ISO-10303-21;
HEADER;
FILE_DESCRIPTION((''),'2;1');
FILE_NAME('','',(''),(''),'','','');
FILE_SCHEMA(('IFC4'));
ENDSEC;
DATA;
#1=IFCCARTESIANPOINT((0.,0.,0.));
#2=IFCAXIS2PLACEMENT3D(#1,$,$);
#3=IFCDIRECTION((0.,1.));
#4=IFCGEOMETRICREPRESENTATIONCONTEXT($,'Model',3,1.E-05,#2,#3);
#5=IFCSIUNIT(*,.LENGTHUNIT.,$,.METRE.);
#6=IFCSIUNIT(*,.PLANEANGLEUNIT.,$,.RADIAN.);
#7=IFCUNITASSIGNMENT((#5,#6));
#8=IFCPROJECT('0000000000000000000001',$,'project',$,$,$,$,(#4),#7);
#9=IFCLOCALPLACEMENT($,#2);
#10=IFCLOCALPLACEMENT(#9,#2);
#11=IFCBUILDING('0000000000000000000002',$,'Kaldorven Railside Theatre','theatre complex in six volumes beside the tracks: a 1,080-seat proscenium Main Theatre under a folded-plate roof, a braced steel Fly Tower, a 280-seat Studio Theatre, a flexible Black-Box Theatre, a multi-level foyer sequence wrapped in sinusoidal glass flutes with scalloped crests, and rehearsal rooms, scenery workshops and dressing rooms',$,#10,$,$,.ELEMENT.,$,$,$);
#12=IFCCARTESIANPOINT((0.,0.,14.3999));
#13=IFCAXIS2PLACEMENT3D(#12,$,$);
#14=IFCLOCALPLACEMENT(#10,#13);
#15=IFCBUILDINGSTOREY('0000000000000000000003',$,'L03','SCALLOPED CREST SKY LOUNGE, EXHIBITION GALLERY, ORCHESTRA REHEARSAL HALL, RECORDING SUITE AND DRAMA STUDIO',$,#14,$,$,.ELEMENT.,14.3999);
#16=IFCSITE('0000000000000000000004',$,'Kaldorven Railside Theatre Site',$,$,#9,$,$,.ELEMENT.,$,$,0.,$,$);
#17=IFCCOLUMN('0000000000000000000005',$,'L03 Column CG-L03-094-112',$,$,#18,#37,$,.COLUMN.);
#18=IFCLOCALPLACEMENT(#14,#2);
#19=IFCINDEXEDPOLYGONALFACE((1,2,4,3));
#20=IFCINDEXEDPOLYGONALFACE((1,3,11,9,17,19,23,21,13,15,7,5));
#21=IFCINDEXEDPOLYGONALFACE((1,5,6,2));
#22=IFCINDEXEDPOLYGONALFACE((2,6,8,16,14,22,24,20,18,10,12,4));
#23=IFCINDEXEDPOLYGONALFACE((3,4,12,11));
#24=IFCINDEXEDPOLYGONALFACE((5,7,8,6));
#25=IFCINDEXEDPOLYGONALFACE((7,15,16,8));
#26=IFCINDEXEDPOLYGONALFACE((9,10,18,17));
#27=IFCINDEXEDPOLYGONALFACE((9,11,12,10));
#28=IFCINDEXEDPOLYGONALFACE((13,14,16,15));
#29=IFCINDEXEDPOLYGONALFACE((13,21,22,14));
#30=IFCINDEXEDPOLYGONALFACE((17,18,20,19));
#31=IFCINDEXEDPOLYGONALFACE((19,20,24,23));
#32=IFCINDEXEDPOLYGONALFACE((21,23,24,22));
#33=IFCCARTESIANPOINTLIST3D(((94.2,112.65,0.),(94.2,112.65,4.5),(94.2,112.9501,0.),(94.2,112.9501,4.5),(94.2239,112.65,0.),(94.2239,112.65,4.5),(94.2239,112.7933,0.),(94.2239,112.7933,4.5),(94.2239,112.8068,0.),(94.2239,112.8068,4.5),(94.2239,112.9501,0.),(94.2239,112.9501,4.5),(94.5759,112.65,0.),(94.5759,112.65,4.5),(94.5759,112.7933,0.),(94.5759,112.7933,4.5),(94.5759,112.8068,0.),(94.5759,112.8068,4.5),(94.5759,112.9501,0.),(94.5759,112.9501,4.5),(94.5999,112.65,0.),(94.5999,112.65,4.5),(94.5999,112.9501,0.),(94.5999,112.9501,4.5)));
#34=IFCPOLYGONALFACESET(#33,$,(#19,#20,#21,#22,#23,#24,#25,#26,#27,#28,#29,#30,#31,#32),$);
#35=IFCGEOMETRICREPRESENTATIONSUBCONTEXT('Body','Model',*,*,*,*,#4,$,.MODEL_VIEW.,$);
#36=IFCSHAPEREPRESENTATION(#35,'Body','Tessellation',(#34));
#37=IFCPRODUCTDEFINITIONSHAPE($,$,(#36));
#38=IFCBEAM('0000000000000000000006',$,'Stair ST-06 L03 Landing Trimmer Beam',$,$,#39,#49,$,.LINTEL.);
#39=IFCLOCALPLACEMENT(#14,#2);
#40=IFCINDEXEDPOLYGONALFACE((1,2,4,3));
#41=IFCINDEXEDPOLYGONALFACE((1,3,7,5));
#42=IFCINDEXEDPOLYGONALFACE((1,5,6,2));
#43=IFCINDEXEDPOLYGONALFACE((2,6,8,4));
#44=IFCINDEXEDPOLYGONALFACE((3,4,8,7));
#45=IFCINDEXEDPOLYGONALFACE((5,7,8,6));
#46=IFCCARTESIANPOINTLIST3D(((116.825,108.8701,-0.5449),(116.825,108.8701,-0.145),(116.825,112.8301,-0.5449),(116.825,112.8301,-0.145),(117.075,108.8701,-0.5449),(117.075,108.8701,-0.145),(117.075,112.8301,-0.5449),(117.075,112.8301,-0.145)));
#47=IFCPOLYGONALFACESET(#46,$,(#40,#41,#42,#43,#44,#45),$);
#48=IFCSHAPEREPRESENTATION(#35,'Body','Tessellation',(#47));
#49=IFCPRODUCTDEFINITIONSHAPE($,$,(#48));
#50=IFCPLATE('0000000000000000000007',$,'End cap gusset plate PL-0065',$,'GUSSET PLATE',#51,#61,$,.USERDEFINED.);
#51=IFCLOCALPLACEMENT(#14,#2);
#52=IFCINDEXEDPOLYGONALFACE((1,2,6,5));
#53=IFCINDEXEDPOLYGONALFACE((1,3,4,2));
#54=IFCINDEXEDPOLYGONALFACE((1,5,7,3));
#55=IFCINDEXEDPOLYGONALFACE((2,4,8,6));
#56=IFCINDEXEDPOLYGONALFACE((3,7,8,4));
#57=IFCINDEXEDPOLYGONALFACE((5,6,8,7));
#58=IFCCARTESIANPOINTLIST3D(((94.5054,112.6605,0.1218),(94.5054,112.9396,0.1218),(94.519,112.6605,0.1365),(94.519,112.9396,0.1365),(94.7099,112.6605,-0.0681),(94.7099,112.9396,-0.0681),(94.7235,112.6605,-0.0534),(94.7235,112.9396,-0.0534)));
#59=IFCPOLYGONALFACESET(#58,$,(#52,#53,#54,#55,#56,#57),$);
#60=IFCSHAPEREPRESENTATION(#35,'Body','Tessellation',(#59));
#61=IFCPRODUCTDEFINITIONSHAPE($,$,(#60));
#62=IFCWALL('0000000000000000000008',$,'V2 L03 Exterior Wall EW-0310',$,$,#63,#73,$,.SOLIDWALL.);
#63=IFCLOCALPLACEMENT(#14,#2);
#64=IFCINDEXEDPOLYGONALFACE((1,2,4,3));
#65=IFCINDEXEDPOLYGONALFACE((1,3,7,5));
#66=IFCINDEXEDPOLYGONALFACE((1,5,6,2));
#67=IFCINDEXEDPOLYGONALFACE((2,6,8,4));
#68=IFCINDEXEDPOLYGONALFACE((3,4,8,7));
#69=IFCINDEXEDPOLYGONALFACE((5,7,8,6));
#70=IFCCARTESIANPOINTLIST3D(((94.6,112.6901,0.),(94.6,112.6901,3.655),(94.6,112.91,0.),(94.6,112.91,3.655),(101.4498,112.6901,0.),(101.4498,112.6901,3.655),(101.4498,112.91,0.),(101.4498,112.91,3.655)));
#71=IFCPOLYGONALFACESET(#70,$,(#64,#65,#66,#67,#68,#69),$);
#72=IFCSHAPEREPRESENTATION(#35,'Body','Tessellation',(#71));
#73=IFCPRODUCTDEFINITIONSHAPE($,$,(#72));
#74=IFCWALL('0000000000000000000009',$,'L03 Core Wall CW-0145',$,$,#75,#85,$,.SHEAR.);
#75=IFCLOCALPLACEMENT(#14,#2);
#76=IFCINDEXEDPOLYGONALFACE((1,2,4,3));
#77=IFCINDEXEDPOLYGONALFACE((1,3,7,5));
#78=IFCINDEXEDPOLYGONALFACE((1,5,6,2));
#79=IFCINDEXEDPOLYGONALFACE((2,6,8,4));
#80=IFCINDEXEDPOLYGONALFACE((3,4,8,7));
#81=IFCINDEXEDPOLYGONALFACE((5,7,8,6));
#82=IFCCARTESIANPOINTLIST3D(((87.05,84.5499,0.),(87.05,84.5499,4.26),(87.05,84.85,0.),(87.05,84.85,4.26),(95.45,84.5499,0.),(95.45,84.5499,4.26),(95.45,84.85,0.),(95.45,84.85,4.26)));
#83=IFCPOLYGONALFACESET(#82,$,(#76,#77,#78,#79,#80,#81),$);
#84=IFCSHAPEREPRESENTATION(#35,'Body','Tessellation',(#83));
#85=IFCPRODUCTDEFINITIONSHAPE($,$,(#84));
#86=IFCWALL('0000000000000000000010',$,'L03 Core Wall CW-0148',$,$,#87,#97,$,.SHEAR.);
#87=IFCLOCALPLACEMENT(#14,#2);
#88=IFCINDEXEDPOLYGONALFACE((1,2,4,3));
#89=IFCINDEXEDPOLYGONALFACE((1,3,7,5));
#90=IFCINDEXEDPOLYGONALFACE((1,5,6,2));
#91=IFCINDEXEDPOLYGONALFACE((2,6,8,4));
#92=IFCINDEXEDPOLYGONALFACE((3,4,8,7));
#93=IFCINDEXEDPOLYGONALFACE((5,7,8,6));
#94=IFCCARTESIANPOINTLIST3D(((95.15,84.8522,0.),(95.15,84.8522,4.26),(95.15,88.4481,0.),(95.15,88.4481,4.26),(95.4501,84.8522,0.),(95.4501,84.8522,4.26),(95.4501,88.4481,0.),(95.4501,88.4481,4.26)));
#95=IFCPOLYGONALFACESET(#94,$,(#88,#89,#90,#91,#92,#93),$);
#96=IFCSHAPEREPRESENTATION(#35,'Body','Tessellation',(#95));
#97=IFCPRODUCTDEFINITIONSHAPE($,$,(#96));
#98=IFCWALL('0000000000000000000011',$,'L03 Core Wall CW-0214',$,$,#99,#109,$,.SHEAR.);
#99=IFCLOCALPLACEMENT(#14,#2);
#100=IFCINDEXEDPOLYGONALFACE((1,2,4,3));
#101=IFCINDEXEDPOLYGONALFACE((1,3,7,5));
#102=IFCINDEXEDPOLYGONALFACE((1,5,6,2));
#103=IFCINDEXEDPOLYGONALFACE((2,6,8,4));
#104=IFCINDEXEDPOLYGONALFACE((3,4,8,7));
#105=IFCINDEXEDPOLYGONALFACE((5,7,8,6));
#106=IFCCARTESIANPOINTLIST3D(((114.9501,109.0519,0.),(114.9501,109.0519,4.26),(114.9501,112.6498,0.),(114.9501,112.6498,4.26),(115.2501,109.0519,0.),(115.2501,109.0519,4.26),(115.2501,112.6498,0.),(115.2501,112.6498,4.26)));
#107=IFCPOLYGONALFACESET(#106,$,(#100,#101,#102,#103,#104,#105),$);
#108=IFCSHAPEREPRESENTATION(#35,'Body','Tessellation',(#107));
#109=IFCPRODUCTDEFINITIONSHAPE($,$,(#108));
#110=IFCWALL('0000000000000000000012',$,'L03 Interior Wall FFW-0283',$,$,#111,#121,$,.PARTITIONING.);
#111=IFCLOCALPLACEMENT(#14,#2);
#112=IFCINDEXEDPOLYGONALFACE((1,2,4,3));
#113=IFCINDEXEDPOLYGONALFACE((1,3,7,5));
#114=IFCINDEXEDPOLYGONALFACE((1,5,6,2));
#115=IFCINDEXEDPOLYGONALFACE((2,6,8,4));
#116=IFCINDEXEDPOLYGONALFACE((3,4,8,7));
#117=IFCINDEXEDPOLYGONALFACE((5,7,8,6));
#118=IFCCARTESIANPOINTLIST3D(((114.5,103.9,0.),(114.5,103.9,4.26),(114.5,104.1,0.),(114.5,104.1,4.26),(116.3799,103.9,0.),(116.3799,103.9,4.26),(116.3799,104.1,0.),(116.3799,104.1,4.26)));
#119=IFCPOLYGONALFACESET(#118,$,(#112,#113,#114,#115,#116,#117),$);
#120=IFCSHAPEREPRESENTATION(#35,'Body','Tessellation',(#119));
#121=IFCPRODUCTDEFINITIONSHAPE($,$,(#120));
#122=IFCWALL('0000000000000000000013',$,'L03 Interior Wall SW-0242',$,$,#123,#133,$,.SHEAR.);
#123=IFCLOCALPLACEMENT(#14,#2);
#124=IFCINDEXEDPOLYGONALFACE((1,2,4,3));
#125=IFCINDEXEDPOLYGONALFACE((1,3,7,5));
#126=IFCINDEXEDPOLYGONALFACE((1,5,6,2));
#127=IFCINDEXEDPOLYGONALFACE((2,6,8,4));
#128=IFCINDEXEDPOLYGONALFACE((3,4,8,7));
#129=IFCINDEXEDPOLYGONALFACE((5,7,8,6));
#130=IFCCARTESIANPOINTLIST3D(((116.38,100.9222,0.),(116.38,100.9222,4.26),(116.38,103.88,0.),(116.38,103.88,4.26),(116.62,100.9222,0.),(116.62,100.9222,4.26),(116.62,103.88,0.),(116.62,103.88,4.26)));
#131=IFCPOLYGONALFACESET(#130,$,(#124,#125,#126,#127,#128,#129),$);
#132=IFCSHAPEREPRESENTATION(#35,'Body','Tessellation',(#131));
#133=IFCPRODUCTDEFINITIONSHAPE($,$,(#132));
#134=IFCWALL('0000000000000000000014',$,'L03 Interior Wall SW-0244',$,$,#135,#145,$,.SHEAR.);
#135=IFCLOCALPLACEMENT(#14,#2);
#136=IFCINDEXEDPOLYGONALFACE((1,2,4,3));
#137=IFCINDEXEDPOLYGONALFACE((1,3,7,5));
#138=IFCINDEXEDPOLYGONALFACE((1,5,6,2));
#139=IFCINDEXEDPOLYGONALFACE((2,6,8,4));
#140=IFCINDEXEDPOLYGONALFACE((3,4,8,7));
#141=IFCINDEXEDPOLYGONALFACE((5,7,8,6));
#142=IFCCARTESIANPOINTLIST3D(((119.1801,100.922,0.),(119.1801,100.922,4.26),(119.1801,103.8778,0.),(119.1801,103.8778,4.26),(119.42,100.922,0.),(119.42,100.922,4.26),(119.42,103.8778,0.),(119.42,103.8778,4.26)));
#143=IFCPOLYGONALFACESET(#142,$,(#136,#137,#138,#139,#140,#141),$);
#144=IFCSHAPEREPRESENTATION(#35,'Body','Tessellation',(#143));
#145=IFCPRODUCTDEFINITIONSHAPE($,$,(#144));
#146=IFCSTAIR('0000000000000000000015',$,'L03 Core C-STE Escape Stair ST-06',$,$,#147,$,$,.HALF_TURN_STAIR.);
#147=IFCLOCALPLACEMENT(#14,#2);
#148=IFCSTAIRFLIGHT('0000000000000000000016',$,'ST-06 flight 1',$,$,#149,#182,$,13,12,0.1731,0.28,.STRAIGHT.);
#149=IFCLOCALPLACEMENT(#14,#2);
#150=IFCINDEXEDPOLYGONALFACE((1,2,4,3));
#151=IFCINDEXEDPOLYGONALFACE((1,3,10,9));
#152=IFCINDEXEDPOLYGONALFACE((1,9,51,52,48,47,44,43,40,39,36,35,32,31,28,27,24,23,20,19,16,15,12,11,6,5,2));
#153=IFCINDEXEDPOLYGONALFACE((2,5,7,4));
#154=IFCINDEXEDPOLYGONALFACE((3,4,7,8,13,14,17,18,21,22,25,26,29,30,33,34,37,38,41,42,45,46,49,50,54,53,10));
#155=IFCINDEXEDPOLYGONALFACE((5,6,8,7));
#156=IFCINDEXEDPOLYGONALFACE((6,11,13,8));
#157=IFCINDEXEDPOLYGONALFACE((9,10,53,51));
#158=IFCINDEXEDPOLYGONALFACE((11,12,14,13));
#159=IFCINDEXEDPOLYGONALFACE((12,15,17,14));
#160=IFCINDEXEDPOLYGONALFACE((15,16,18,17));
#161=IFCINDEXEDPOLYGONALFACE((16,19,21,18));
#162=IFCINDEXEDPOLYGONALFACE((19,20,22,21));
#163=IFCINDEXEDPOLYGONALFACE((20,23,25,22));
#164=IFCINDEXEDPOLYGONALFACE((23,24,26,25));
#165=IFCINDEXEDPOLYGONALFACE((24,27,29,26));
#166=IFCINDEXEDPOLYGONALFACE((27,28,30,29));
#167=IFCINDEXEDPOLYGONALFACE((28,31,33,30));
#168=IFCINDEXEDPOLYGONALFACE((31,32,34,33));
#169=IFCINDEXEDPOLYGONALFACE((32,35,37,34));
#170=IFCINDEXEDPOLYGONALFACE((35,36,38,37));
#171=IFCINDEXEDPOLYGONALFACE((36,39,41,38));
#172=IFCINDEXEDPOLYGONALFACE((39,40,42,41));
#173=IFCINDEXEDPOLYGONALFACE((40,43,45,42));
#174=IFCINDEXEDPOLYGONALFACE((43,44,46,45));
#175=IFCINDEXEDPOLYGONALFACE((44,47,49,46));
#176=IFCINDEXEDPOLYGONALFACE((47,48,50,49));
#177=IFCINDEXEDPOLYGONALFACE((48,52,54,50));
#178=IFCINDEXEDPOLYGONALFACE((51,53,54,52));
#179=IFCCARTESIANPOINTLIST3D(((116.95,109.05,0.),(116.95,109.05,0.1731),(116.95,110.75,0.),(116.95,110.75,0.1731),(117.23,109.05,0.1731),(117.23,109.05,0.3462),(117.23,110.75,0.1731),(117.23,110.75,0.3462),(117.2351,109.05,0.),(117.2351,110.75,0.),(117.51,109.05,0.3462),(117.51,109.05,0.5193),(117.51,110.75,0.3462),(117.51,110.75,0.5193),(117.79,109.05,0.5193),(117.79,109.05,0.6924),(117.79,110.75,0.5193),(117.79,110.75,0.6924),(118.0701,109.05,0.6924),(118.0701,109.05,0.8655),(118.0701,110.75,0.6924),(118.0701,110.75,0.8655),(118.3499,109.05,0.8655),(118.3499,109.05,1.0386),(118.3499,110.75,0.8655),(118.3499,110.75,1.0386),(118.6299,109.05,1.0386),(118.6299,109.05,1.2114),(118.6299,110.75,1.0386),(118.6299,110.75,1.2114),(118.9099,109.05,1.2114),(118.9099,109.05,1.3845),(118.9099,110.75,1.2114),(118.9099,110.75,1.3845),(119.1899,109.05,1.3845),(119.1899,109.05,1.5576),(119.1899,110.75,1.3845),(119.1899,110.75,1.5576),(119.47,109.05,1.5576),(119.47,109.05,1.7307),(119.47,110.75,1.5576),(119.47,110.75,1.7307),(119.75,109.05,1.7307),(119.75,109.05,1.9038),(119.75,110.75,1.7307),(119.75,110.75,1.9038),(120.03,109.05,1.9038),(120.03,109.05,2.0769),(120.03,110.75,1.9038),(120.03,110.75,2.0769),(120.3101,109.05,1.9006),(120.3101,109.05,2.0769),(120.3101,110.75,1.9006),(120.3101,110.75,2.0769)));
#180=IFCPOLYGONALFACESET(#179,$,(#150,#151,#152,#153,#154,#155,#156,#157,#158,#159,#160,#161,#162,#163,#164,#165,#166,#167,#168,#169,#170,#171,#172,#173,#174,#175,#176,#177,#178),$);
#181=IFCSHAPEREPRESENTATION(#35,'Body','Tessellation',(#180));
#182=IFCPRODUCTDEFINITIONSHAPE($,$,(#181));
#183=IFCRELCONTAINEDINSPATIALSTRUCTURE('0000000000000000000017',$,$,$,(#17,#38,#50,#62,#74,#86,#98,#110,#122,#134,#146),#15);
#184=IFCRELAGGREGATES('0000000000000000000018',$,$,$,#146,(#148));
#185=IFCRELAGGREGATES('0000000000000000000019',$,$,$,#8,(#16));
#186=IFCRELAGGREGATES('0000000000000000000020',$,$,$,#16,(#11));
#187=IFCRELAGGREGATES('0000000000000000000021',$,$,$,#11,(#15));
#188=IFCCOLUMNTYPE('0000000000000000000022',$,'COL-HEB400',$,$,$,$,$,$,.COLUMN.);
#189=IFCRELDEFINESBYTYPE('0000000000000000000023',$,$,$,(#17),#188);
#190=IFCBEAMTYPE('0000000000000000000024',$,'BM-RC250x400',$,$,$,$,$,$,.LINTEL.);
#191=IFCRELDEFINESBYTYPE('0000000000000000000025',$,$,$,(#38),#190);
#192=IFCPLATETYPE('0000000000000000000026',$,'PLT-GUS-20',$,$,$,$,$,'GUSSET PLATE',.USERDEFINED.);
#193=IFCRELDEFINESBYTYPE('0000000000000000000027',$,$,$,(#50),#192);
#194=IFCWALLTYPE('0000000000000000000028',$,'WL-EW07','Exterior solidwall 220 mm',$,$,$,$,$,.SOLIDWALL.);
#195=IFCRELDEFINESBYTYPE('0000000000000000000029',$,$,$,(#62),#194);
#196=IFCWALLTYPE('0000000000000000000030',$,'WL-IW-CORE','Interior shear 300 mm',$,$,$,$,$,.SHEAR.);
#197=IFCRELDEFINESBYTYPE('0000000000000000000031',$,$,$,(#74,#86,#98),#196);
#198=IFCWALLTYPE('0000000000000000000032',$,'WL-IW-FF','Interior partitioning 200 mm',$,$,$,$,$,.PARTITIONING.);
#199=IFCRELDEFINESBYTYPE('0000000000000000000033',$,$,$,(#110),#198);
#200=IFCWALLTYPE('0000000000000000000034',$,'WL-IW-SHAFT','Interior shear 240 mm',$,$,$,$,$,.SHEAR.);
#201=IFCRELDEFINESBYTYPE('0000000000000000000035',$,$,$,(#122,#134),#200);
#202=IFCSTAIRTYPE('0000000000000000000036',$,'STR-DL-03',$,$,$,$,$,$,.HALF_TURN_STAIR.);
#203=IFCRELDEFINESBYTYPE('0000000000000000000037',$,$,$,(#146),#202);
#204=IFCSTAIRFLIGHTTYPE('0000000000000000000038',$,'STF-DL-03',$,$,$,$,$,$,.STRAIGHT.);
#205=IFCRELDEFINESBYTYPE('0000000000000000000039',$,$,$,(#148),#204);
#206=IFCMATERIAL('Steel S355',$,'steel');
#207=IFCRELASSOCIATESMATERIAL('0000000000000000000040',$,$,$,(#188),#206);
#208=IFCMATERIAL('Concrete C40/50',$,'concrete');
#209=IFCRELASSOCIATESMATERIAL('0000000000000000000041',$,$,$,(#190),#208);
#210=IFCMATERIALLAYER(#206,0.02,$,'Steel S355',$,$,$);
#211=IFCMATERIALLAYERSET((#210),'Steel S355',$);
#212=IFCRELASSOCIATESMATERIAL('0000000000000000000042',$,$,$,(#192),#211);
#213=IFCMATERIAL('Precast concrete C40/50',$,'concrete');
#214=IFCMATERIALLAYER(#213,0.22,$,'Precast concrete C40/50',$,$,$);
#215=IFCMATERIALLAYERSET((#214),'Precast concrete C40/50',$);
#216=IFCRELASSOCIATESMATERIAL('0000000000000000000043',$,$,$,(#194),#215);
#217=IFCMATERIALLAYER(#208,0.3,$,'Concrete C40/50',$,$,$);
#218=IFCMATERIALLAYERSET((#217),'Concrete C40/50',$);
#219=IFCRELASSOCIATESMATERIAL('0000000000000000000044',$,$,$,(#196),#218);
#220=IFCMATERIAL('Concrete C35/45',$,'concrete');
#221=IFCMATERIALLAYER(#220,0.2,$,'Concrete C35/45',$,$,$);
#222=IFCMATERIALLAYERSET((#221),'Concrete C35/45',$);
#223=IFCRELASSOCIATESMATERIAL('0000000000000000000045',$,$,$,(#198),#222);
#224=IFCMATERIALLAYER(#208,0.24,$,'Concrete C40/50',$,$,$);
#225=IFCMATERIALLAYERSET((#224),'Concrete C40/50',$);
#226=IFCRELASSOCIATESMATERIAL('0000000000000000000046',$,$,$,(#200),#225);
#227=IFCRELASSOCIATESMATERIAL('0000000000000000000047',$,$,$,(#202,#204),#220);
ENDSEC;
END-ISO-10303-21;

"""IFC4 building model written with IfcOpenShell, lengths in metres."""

from ifc_helpers import new_model, si_unit, direction, frame, frame_2d, origin, origin_2d, place, context, subcontext, project, spatial, polyline, rectangle, i_section, outline, extrude, material, layer, layer_set, material_profile, profile_set, type_object, element, aggregate, save


model = new_model("IFC4")

# Units and contexts
model_context = context("Model", 3, precision=1e-05, world=origin(), true_north=direction((0.0, 1.0)))
body_context = subcontext(model_context, "Body", "Model", "MODEL_VIEW")
ifc_project = project(units=[si_unit("LENGTHUNIT", "METRE"), si_unit("PLANEANGLEUNIT", "RADIAN")], contexts=[model_context])

# Site, building, storey
site_placement = place(None, origin())
site = spatial("IfcSite", under=ifc_project, at=site_placement, Name="Kaldorven Railside Theatre Site", CompositionType="ELEMENT", RefElevation=0.0)
building_placement = place(site_placement, origin())
building = spatial("IfcBuilding", under=site, at=building_placement, Name="Kaldorven Railside Theatre", Description="theatre complex in six volumes beside the tracks: a 1,080-seat proscenium Main Theatre under a folded-plate roof, a braced steel Fly Tower, a 280-seat Studio Theatre, a flexible Black-Box Theatre, a multi-level foyer sequence wrapped in sinusoidal glass flutes with scalloped crests, and rehearsal rooms, scenery workshops and dressing rooms", CompositionType="ELEMENT")
storey_placement = place(building_placement, frame((0.0, 0.0, 14.3999)))
storey = spatial("IfcBuildingStorey", under=building, at=storey_placement, Name="L03", Description="SCALLOPED CREST SKY LOUNGE, EXHIBITION GALLERY, ORCHESTRA REHEARSAL HALL, RECORDING SUITE AND DRAMA STUDIO", CompositionType="ELEMENT", Elevation=14.3999)

# Column
ifc_material_1 = material(Name="Steel S355", Category="steel")
ifc_material_profile_1 = material_profile(ifc_material_1, i_section(OverallWidth=0.3, OverallDepth=0.3999, WebThickness=0.0134, FlangeThickness=0.0239, at=origin_2d()), Name="HEB 400")
ifc_profile_set_1 = profile_set([ifc_material_profile_1], Name="Steel S355")
column_type = type_object("IfcColumnType", Name="COL-HEB400", PredefinedType="COLUMN", material=ifc_profile_set_1)
column_placement = place(storey_placement, frame((94.3999, 112.8, 0.0), z_axis=(0.0, 0.0, 1.0), x_axis=(0.0, 1.0, 0.0)))
element("IfcColumn", 1, at=column_placement, inside=storey, type_object=column_type, Name="L03 Column CG-L03-094-112", PredefinedType="COLUMN", context=body_context, shape_type="SweptSolid", body=[
    extrude(i_section(OverallWidth=0.3, OverallDepth=0.3999, WebThickness=0.0134, FlangeThickness=0.0239, at=origin_2d()), origin(), (0.0, 0.0, 1.0), 4.5),
])

# Beam
ifc_material_2 = material(Name="Concrete C40/50", Category="concrete")
ifc_material_profile_2 = material_profile(ifc_material_2, rectangle(XDim=0.25, YDim=0.3999, at=origin_2d()), Name="RC 250x400")
ifc_profile_set_2 = profile_set([ifc_material_profile_2], Name="Concrete C40/50")
beam_type = type_object("IfcBeamType", Name="BM-RC250x400", PredefinedType="LINTEL", material=ifc_profile_set_2)
beam_placement = place(storey_placement, frame((116.95, 108.8701, -0.345), z_axis=(0.0, 1.0, 0.0), x_axis=(-1.0, 0.0, 0.0)))
element("IfcBeam", 2, at=beam_placement, inside=storey, type_object=beam_type, Name="Stair ST-06 L03 Landing Trimmer Beam", PredefinedType="LINTEL", context=body_context, shape_type="SweptSolid", body=[
    extrude(rectangle(XDim=0.25, YDim=0.3999, at=origin_2d()), origin(), (0.0, 0.0, 1.0), 3.96),
])

# Plate
ifc_layer_1 = layer(ifc_material_1, 0.02, Name="Steel S355")
ifc_layer_set_1 = layer_set([ifc_layer_1], Name="Steel S355")
plate_type = type_object("IfcPlateType", Name="PLT-GUS-20", ElementType="GUSSET PLATE", PredefinedType="USERDEFINED", material=ifc_layer_set_1)
plate_placement = place(storey_placement, frame((94.6077, 112.8, 0.0269), z_axis=(0.680465, 0.0, 0.73278), x_axis=(0.0, 1.0, 0.0)))
element("IfcPlate", 3, at=plate_placement, inside=storey, type_object=plate_type, Name="End cap gusset plate PL-0065", ObjectType="GUSSET PLATE", PredefinedType="USERDEFINED", context=body_context, shape_type="SweptSolid", body=[
    extrude(rectangle(XDim=0.2791, YDim=0.2791, at=origin_2d()), origin(), (0.0, 0.0, 1.0), 0.02),
])

# Walls
ifc_material_3 = material(Name="Precast concrete C40/50", Category="concrete")
ifc_layer_2 = layer(ifc_material_3, 0.22, Name="Precast concrete C40/50")
ifc_layer_set_2 = layer_set([ifc_layer_2], Name="Precast concrete C40/50")
wall_type_1 = type_object("IfcWallType", Name="WL-EW07", Description="Exterior solidwall 220 mm", PredefinedType="SOLIDWALL", material=ifc_layer_set_2)
wall_1_placement = place(storey_placement, frame((94.6001, 112.8, 0.0), z_axis=(0.0, 0.0, 1.0), x_axis=(1.0, 0.0, 0.0)))
element("IfcWall", 4, at=wall_1_placement, inside=storey, type_object=wall_type_1, Name="V2 L03 Exterior Wall EW-0310", PredefinedType="SOLIDWALL", context=body_context, shape_type="SweptSolid", body=[
    extrude(rectangle(XDim=6.8499, YDim=0.22, at=frame_2d((3.4248, 0.0))), origin(), (0.0, 0.0, 1.0), 3.655),
])
ifc_layer_3 = layer(ifc_material_2, 0.3, Name="Concrete C40/50")
ifc_layer_set_3 = layer_set([ifc_layer_3], Name="Concrete C40/50")
wall_type_2 = type_object("IfcWallType", Name="WL-IW-CORE", Description="Interior shear 300 mm", PredefinedType="SHEAR", material=ifc_layer_set_3)
wall_2_placement = place(storey_placement, frame((95.45, 84.7, 0.0), z_axis=(0.0, 0.0, 1.0), x_axis=(-1.0, 0.0, 0.0)))
element("IfcWall", 5, at=wall_2_placement, inside=storey, type_object=wall_type_2, Name="L03 Core Wall CW-0145", PredefinedType="SHEAR", context=body_context, shape_type="SweptSolid", body=[
    extrude(rectangle(XDim=8.3999, YDim=0.3, at=frame_2d((4.2, 0.0))), origin(), (0.0, 0.0, 1.0), 4.26),
])
wall_3_placement = place(storey_placement, frame((95.3, 88.448, 0.0), z_axis=(0.0, 0.0, 1.0), x_axis=(0.0, -1.0, 0.0)))
element("IfcWall", 6, at=wall_3_placement, inside=storey, type_object=wall_type_2, Name="L03 Core Wall CW-0148", PredefinedType="SHEAR", context=body_context, shape_type="SweptSolid", body=[
    extrude(rectangle(XDim=3.5959, YDim=0.3, at=frame_2d((1.7979, 0.0))), origin(), (0.0, 0.0, 1.0), 4.26),
])
wall_4_placement = place(storey_placement, frame((115.1001, 109.052, 0.0), z_axis=(0.0, 0.0, 1.0), x_axis=(0.0, 1.0, 0.0)))
element("IfcWall", 7, at=wall_4_placement, inside=storey, type_object=wall_type_2, Name="L03 Core Wall CW-0214", PredefinedType="SHEAR", context=body_context, shape_type="SweptSolid", body=[
    extrude(rectangle(XDim=3.5979, YDim=0.3, at=frame_2d((1.7988, 0.0))), origin(), (0.0, 0.0, 1.0), 4.26),
])

# Shared definitions
ifc_material_4 = material(Name="Concrete C35/45", Category="concrete")
ifc_layer_4 = layer(ifc_material_4, 0.2, Name="Concrete C35/45")
ifc_layer_set_4 = layer_set([ifc_layer_4], Name="Concrete C35/45")
wall_type_3 = type_object("IfcWallType", Name="WL-IW-FF", Description="Interior partitioning 200 mm", PredefinedType="PARTITIONING", material=ifc_layer_set_4)

# Wall
wall_5_placement = place(storey_placement, frame((116.3799, 104.0, 0.0), z_axis=(0.0, 0.0, 1.0), x_axis=(-1.0, 0.0, 0.0)))
element("IfcWall", 8, at=wall_5_placement, inside=storey, type_object=wall_type_3, Name="L03 Interior Wall FFW-0283", PredefinedType="PARTITIONING", context=body_context, shape_type="SweptSolid", body=[
    extrude(rectangle(XDim=1.8799, YDim=0.2, at=frame_2d((0.9399, 0.0))), origin(), (0.0, 0.0, 1.0), 4.26),
])

# Wall
ifc_layer_5 = layer(ifc_material_2, 0.24, Name="Concrete C40/50")
ifc_layer_set_5 = layer_set([ifc_layer_5], Name="Concrete C40/50")
wall_type_4 = type_object("IfcWallType", Name="WL-IW-SHAFT", Description="Interior shear 240 mm", PredefinedType="SHEAR", material=ifc_layer_set_5)
wall_6_placement = place(storey_placement, frame((116.5, 100.9221, 0.0), z_axis=(0.0, 0.0, 1.0), x_axis=(0.0, 1.0, 0.0)))
element("IfcWall", 9, at=wall_6_placement, inside=storey, type_object=wall_type_4, Name="L03 Interior Wall SW-0242", PredefinedType="SHEAR", context=body_context, shape_type="SweptSolid", body=[
    extrude(rectangle(XDim=2.9578, YDim=0.24, at=frame_2d((1.479, 0.0))), origin(), (0.0, 0.0, 1.0), 4.26),
])

# Wall
wall_7_placement = place(storey_placement, frame((119.3, 103.8779, 0.0), z_axis=(0.0, 0.0, 1.0), x_axis=(0.0, -1.0, 0.0)))
element("IfcWall", 10, at=wall_7_placement, inside=storey, type_object=wall_type_4, Name="L03 Interior Wall SW-0244", PredefinedType="SHEAR", context=body_context, shape_type="SweptSolid", body=[
    extrude(rectangle(XDim=2.9558, YDim=0.24, at=frame_2d((1.478, 0.0))), origin(), (0.0, 0.0, 1.0), 4.26),
])

# Stair, stair flight
stair_type = type_object("IfcStairType", Name="STR-DL-03", PredefinedType="HALF_TURN_STAIR", material=ifc_material_4)
stair_placement = place(storey_placement, origin())
stair = element("IfcStair", 11, at=stair_placement, inside=storey, type_object=stair_type, Name="L03 Core C-STE Escape Stair ST-06", PredefinedType="HALF_TURN_STAIR")
stair_flight_type = type_object("IfcStairFlightType", Name="STF-DL-03", PredefinedType="STRAIGHT", material=ifc_material_4)
stair_flight_placement = place(storey_placement, frame((116.95, 109.8999, 0.0), z_axis=(0.0, 0.0, 1.0), x_axis=(1.0, 0.0, 0.0)))
stair_flight = element("IfcStairFlight", 12, at=stair_flight_placement, type_object=stair_flight_type, Name="ST-06 flight 1", NumberOfRisers=13, NumberOfTreads=12, PredefinedType="STRAIGHT", RiserHeight=0.1731, TreadLength=0.28, context=body_context, shape_type="SweptSolid", body=[
    extrude(outline(polyline([(0.0, 0.0), (0.0, 0.1731), (0.28, 0.1731), (0.28, 0.3462), (0.5601, 0.3462), (0.5601, 0.5193), (0.8401, 0.5193), (0.8401, 0.6924), (1.1201, 0.6924), (1.1201, 0.8655), (1.3999, 0.8655), (1.3999, 1.0386), (1.6799, 1.0386), (1.6799, 1.2114), (1.96, 1.2114), (1.96, 1.3845), (2.24, 1.3845), (2.24, 1.5576), (2.52, 1.5576), (2.52, 1.7307), (2.8, 1.7307), (2.8, 1.9038), (3.0801, 1.9038), (3.0801, 2.0769), (3.3601, 2.0769), (3.3601, 2.25), (3.3601, 1.9006), (0.2852, 0.0), (0.0, 0.0)])), frame((0.0, 0.8501, 0.0), z_axis=(0.0, -1.0, 0.0), x_axis=(1.0, 0.0, 0.0)), (0.0, 0.0, 1.0), 1.7),
])
aggregate(stair, [stair_flight])

save(model, "model.ifc")
